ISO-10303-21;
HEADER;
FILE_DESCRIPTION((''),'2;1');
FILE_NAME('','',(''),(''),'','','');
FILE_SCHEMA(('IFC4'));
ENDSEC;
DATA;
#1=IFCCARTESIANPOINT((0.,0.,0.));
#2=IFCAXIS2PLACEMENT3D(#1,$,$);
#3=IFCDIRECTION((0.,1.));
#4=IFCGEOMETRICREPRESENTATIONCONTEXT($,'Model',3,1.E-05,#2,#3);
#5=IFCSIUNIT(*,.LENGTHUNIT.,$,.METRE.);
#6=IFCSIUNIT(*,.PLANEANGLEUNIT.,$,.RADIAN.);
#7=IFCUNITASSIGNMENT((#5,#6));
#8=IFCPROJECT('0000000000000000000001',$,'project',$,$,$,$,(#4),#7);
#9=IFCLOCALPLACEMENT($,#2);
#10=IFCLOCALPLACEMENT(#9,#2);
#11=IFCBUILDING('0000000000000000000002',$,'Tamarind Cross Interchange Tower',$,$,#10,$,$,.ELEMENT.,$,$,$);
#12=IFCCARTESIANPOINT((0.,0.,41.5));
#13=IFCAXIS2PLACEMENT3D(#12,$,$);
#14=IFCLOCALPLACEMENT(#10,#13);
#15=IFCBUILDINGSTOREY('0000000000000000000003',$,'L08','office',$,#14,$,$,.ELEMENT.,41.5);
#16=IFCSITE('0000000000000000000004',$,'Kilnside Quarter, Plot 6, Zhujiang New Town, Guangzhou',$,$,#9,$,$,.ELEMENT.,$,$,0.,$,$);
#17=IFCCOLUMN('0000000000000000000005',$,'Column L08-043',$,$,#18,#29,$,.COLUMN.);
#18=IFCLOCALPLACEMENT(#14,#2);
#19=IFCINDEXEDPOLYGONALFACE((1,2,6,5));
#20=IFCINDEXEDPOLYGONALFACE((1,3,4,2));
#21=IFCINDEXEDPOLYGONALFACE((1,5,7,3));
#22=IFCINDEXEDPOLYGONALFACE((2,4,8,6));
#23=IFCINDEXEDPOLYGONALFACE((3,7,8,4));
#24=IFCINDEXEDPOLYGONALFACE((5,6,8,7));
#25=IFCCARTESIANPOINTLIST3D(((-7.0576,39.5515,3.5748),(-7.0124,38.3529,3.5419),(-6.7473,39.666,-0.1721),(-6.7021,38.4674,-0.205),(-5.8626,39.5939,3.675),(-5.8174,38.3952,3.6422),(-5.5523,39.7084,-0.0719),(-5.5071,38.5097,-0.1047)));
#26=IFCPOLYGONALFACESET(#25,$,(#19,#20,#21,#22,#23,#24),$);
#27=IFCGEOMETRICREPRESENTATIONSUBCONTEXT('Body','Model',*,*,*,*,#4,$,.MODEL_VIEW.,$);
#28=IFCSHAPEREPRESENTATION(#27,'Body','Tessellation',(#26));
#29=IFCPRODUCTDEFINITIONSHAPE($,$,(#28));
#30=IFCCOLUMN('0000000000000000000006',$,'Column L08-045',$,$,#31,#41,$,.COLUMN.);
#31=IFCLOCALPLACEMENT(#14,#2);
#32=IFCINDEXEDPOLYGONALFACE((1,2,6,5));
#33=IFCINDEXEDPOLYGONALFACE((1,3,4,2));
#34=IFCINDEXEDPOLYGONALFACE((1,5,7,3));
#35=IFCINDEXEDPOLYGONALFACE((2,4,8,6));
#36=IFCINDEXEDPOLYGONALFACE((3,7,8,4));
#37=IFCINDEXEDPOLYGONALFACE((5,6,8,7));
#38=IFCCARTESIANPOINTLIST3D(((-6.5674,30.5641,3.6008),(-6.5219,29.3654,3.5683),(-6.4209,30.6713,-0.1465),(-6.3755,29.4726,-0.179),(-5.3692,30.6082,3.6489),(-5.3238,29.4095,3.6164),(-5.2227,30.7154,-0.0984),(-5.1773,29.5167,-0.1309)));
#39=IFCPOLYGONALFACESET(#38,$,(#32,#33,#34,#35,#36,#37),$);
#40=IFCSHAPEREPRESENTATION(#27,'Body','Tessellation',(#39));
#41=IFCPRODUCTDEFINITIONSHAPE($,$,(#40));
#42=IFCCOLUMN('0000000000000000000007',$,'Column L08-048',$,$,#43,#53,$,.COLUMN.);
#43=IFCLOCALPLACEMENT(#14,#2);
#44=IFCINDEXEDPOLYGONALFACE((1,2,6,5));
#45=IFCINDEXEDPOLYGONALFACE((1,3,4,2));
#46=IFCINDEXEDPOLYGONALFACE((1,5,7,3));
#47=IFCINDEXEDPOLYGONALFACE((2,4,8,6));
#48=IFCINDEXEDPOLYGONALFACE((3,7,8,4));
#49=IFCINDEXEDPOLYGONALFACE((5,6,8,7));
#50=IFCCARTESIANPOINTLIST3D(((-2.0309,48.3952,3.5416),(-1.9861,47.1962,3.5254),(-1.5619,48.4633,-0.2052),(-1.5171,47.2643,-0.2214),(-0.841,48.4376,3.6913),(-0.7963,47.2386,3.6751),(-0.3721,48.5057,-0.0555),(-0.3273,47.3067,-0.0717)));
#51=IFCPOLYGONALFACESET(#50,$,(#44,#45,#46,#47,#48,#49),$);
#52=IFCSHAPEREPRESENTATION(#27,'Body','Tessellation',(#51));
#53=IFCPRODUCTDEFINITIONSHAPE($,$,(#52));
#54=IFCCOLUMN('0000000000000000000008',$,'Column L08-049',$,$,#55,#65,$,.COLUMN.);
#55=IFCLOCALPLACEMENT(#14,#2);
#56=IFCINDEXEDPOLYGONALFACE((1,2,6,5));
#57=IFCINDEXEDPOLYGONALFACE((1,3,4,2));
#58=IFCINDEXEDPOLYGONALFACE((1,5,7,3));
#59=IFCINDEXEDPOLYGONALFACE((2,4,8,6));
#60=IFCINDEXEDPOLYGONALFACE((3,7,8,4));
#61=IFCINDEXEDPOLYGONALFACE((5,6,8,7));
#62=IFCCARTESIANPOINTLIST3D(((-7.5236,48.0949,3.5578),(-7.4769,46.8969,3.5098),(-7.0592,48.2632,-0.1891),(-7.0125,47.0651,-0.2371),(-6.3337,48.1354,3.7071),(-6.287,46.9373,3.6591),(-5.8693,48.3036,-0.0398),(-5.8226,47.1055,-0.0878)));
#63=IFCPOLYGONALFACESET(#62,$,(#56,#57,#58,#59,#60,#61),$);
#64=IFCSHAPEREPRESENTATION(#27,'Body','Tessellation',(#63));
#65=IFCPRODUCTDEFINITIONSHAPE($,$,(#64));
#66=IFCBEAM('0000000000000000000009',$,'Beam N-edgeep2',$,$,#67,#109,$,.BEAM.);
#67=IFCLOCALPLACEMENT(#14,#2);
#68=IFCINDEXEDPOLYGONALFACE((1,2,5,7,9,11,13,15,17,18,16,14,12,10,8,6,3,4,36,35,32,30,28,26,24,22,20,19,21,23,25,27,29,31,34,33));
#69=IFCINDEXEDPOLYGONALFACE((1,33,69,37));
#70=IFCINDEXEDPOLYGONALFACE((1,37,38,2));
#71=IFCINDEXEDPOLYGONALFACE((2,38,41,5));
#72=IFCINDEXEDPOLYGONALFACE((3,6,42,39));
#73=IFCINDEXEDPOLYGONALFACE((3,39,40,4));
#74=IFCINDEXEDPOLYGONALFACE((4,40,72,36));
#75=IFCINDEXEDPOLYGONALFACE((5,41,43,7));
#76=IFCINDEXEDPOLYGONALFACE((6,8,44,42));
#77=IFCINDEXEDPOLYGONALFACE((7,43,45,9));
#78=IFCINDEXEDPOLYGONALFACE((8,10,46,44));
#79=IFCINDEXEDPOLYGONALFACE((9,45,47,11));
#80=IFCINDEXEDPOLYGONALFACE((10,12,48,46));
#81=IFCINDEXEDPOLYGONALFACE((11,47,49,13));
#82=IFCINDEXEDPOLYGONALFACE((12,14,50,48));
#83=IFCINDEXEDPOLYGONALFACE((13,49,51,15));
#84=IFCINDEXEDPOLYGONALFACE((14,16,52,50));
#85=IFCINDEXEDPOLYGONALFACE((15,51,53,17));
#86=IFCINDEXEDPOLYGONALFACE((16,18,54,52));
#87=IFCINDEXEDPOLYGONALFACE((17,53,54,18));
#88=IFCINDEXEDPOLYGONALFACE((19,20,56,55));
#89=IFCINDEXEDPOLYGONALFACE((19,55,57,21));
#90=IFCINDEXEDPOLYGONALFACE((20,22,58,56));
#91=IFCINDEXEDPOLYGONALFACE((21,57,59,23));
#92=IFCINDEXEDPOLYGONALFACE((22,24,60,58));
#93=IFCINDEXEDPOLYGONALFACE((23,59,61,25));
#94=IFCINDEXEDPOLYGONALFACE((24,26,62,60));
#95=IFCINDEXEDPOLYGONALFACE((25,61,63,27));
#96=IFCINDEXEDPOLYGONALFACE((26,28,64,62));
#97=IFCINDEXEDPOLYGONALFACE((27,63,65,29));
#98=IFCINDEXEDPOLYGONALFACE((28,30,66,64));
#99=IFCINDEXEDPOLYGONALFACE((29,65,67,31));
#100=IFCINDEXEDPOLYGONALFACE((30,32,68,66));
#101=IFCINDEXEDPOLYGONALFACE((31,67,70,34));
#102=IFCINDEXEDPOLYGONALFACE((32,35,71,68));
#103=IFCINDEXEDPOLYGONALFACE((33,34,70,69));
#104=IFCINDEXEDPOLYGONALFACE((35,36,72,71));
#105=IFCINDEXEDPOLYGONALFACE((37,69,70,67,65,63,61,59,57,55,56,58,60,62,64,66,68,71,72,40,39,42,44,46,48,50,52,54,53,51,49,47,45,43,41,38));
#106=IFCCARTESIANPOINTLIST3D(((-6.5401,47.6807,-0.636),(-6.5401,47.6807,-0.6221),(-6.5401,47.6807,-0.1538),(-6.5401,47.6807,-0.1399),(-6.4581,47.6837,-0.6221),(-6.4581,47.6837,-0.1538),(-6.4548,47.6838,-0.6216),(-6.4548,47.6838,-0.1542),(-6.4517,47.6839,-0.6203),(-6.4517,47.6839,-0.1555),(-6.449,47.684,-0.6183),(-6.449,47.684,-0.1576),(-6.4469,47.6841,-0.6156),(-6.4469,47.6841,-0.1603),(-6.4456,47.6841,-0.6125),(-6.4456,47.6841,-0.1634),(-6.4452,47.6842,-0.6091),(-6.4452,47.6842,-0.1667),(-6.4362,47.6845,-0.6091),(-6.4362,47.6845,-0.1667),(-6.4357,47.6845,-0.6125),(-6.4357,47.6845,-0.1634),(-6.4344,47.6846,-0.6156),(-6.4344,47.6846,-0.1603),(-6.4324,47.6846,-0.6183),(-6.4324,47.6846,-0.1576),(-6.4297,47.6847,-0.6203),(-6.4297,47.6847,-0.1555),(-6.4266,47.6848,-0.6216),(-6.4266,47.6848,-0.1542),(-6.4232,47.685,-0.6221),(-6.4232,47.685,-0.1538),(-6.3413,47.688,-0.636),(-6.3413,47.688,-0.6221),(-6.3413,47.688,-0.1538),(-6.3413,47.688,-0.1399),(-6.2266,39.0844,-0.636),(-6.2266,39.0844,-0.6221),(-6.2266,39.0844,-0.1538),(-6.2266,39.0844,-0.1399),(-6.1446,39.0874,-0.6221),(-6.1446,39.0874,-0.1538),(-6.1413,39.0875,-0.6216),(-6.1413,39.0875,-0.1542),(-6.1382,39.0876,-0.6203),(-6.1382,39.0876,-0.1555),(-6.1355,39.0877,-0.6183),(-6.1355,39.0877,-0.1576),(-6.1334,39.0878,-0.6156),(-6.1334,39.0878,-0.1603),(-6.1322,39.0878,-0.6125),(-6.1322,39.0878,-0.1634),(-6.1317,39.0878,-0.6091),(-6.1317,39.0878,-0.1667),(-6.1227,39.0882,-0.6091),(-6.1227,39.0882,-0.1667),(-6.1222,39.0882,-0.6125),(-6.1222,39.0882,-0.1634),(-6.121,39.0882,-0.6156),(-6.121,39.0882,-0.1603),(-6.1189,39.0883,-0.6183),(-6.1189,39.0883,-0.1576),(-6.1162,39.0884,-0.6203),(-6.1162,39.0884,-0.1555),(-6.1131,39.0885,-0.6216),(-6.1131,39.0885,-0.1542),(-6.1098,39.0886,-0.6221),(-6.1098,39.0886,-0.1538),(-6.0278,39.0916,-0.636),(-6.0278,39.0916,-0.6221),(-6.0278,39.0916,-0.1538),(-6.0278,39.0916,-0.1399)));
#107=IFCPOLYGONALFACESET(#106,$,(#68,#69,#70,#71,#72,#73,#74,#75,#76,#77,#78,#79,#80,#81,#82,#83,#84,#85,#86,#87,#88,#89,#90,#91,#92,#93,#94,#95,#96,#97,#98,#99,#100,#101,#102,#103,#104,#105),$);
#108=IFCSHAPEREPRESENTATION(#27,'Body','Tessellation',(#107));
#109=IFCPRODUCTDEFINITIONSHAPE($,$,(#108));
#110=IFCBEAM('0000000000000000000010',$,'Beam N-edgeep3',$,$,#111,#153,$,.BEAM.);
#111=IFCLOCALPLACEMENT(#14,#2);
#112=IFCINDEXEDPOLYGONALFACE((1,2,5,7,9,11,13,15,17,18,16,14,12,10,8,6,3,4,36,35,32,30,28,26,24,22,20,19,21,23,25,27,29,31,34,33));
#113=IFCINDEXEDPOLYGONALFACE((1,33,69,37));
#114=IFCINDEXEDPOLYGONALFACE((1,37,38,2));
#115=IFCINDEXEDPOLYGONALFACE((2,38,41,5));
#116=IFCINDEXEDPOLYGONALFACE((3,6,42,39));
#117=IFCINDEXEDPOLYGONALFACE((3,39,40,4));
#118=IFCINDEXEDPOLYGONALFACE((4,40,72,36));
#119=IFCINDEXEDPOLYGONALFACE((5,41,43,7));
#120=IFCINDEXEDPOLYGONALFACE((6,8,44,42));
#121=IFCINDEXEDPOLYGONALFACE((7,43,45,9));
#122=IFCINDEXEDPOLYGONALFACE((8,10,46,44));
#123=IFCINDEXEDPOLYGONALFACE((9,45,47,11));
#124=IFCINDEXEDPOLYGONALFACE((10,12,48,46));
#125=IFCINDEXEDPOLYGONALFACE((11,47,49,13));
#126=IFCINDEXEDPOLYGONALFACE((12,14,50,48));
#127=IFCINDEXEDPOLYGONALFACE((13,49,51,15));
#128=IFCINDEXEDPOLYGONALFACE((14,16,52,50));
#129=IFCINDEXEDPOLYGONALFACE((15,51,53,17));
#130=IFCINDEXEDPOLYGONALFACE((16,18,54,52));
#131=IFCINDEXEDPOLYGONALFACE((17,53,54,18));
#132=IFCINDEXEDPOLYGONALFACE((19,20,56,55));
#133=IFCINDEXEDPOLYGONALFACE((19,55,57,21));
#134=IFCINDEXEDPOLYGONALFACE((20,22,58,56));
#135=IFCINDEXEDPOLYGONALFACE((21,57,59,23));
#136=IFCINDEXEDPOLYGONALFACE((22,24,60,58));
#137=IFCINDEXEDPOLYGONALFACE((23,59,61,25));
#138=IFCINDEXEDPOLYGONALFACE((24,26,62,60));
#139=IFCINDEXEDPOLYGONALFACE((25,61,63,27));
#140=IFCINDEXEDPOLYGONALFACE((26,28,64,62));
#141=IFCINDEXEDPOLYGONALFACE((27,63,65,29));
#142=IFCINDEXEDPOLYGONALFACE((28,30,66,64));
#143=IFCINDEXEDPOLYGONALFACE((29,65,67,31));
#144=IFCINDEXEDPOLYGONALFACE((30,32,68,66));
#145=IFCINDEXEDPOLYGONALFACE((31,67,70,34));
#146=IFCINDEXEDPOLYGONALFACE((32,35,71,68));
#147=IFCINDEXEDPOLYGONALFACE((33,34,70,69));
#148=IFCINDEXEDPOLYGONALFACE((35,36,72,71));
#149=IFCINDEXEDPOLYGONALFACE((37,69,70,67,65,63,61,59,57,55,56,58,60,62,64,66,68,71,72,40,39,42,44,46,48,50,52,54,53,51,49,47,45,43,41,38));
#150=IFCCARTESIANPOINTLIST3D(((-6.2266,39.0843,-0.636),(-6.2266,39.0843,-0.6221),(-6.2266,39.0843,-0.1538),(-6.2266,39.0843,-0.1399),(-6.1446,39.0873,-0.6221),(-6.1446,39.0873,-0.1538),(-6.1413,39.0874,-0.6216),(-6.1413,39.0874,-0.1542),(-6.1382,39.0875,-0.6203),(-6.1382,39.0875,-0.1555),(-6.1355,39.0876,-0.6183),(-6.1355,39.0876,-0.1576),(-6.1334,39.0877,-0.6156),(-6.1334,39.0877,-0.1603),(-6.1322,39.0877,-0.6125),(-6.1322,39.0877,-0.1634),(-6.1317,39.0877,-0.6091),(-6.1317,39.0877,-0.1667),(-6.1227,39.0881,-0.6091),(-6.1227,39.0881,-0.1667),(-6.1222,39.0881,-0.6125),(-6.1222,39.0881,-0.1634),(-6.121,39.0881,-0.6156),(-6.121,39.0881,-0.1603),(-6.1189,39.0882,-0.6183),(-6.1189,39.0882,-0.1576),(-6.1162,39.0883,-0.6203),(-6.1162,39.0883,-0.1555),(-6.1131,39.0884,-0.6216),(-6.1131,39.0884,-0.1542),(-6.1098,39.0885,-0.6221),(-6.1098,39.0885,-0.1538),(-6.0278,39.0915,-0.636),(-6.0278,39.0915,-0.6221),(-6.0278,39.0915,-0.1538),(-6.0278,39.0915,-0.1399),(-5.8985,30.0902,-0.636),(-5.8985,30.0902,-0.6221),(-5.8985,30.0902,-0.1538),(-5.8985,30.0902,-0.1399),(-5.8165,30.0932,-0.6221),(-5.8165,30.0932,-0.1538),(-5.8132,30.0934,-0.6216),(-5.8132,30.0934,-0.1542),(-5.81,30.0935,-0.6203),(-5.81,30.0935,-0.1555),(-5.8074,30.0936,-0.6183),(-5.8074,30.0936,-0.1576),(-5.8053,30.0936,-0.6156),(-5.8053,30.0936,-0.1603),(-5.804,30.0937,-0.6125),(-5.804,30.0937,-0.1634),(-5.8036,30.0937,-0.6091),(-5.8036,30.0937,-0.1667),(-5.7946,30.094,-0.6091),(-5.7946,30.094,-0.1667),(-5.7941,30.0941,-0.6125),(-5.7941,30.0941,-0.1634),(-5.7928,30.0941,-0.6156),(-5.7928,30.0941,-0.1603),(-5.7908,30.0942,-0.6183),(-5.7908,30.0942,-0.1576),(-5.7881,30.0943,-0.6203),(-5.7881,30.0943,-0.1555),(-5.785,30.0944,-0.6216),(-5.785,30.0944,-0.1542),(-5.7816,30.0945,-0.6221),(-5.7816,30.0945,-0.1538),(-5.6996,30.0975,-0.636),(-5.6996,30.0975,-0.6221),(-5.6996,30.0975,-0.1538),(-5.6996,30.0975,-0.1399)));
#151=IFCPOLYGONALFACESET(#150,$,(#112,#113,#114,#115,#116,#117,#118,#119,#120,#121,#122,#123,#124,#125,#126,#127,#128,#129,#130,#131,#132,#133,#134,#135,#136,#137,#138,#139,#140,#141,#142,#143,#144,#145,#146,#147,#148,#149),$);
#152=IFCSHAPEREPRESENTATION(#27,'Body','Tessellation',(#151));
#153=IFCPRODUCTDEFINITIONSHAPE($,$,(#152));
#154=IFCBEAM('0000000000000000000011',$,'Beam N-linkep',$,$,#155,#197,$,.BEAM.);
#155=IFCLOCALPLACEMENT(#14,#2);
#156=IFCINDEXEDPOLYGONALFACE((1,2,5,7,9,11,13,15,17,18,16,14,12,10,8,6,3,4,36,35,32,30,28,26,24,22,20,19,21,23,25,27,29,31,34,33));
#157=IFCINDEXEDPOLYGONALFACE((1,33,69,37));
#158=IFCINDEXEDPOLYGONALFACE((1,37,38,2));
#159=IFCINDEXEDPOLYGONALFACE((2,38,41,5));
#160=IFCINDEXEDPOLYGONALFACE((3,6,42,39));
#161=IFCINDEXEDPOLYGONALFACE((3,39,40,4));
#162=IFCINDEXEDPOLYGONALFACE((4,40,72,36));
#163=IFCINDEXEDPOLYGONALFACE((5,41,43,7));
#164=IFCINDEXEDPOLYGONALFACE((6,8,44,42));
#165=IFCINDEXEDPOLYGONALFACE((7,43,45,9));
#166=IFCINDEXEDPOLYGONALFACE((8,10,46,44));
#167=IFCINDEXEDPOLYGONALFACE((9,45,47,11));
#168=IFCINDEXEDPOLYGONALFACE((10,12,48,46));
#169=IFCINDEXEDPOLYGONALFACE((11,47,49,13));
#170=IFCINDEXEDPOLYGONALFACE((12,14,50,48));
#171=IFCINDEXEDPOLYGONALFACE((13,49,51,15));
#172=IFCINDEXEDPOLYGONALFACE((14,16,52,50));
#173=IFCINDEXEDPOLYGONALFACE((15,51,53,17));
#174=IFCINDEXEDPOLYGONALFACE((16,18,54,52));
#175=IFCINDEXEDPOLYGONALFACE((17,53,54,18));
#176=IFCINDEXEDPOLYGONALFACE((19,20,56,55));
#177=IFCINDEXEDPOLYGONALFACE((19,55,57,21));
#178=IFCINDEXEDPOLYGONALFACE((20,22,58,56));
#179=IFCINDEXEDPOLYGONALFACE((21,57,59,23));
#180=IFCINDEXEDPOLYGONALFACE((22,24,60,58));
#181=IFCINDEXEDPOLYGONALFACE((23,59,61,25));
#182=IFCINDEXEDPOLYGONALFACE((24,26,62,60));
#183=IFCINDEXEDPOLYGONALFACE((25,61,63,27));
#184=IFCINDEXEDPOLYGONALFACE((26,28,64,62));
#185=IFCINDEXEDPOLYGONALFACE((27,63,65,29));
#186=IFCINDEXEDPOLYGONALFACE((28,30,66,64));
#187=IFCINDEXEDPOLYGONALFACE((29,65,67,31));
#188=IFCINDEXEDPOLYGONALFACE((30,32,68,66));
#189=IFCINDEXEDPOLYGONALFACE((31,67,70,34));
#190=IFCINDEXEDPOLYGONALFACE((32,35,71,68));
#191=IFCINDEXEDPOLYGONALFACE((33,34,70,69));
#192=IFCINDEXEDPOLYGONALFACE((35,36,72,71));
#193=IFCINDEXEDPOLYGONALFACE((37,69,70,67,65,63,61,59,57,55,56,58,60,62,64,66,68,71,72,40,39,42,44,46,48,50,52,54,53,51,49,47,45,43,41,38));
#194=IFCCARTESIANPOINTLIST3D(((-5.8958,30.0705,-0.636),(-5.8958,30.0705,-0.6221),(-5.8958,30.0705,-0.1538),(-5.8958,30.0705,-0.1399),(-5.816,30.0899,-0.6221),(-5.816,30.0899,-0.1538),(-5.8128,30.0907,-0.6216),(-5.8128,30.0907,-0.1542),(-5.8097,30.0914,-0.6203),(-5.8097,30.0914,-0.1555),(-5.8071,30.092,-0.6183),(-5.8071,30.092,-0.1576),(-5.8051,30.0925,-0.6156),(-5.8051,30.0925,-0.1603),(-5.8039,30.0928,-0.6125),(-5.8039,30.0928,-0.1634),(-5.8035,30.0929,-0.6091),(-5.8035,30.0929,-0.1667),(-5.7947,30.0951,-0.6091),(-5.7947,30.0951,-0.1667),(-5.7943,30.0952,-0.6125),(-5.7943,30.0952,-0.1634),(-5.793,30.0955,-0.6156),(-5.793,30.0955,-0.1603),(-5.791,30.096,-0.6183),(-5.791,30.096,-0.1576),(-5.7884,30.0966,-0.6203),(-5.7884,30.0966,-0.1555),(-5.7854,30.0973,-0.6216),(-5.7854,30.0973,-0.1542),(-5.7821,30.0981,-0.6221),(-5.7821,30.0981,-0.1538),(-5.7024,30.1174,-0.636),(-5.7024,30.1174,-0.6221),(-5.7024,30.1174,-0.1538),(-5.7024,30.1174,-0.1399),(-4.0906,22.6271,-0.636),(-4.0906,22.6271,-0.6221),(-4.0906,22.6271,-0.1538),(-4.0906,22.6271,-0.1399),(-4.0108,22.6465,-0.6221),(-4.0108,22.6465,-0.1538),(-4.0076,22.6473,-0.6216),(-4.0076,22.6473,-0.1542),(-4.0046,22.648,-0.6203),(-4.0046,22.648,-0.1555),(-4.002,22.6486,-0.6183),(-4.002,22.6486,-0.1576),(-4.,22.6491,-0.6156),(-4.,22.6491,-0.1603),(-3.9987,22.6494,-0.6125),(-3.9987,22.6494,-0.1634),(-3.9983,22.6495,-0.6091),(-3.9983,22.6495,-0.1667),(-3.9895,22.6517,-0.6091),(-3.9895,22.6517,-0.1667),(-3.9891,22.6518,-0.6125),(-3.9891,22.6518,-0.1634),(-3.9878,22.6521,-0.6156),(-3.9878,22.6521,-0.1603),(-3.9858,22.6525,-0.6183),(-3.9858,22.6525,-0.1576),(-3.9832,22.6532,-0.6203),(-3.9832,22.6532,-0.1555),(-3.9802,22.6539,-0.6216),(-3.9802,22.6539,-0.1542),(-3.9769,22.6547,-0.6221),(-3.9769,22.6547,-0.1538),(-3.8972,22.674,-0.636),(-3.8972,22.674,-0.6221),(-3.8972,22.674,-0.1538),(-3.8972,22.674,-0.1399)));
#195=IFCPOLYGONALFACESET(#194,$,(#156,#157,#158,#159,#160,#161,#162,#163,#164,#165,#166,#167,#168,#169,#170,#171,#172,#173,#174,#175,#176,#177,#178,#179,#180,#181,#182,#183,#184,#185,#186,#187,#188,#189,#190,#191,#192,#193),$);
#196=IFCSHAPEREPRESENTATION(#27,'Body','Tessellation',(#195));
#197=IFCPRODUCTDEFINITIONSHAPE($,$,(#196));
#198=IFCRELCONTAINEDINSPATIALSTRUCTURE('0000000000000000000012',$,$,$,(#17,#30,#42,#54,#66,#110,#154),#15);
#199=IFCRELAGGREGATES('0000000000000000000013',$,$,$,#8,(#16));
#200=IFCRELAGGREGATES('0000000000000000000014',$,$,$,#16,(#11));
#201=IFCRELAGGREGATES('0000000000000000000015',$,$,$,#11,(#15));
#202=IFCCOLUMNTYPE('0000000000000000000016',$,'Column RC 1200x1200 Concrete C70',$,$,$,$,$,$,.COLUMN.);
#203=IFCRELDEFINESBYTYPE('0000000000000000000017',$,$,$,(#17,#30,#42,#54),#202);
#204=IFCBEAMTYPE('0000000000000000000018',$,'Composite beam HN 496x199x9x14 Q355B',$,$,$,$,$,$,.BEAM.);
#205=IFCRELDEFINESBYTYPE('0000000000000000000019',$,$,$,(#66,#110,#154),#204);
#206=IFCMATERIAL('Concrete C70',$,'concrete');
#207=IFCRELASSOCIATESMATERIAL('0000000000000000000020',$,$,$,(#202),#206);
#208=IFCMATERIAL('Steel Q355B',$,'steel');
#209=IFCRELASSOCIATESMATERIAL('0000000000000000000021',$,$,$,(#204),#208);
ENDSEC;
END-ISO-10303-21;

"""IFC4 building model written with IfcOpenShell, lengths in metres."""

from ifc_helpers import new_model, si_unit, direction, frame, origin, origin_2d, place, context, subcontext, project, spatial, rectangle, i_section, extrude, material, material_profile, profile_set, type_object, element, save


model = new_model("IFC4")

# Units and contexts
model_context = context("Model", 3, precision=1e-05, world=origin(), true_north=direction((0.0, 1.0)))
body_context = subcontext(model_context, "Body", "Model", "MODEL_VIEW")
ifc_project = project(units=[si_unit("LENGTHUNIT", "METRE"), si_unit("PLANEANGLEUNIT", "RADIAN")], contexts=[model_context])

# Site, building, storey
site_placement = place(None, origin())
site = spatial("IfcSite", under=ifc_project, at=site_placement, Name="Kilnside Quarter, Plot 6, Zhujiang New Town, Guangzhou", CompositionType="ELEMENT", RefElevation=0.0)
building_placement = place(site_placement, origin())
building = spatial("IfcBuilding", under=site, at=building_placement, Name="Tamarind Cross Interchange Tower", CompositionType="ELEMENT")
storey_placement = place(building_placement, frame((0.0, 0.0, 41.5)))
storey = spatial("IfcBuildingStorey", under=building, at=storey_placement, Name="L08", Description="office", CompositionType="ELEMENT", Elevation=41.5)

# Columns
ifc_material_1 = material(Name="Concrete C70", Category="concrete")
ifc_material_profile_1 = material_profile(ifc_material_1, rectangle(XDim=1.2, YDim=1.2, at=origin_2d()), Name="RC 1200x1200")
ifc_profile_set_1 = profile_set([ifc_material_profile_1], Name="Concrete C70")
column_type = type_object("IfcColumnType", Name="Column RC 1200x1200 Concrete C70", PredefinedType="COLUMN", material=ifc_profile_set_1)
column_1_placement = place(storey_placement, frame((-6.1272, 39.0879, -0.1384), z_axis=(-0.082497, -0.030441, 0.996126), x_axis=(0.995878, 0.035287, 0.083554)))
element("IfcColumn", 1, at=column_1_placement, inside=storey, type_object=column_type, Name="Column L08-043", PredefinedType="COLUMN", context=body_context, shape_type="SweptSolid", body=[
    extrude(rectangle(XDim=1.2, YDim=1.2, at=origin_2d()), origin(), (0.0, 0.0, 1.0), 3.7615),
])
column_2_placement = place(storey_placement, frame((-5.7991, 30.094, -0.1387), z_axis=(-0.039045, -0.028568, 0.998829), x_axis=(0.99852, 0.036748, 0.040084)))
element("IfcColumn", 2, at=column_2_placement, inside=storey, type_object=column_type, Name="Column L08-045", PredefinedType="COLUMN", context=body_context, shape_type="SweptSolid", body=[
    extrude(rectangle(XDim=1.2, YDim=1.2, at=origin_2d()), origin(), (0.0, 0.0, 1.0), 3.7517),
])
column_3_placement = place(storey_placement, frame((-0.9446, 47.885, -0.1384), z_axis=(-0.124182, -0.018036, 0.992096), x_axis=(0.991558, 0.035343, 0.124757)))
element("IfcColumn", 3, at=column_3_placement, inside=storey, type_object=column_type, Name="Column L08-048", PredefinedType="COLUMN", context=body_context, shape_type="SweptSolid", body=[
    extrude(rectangle(XDim=1.2, YDim=1.2, at=origin_2d()), origin(), (0.0, 0.0, 1.0), 3.7766),
])
column_4_placement = place(storey_placement, frame((-6.4409, 47.6843, -0.1384), z_axis=(-0.12287, -0.04451, 0.991424), x_axis=(0.991659, 0.033684, 0.124412)))
element("IfcColumn", 4, at=column_4_placement, inside=storey, type_object=column_type, Name="Column L08-049", PredefinedType="COLUMN", context=body_context, shape_type="SweptSolid", body=[
    extrude(rectangle(XDim=1.2, YDim=1.2, at=origin_2d()), origin(), (0.0, 0.0, 1.0), 3.7793),
])

# Beams
ifc_material_2 = material(Name="Steel Q355B", Category="steel")
ifc_material_profile_2 = material_profile(ifc_material_2, i_section(OverallWidth=0.199, OverallDepth=0.4961, WebThickness=0.009, FlangeThickness=0.0139, FilletRadius=0.0129, at=origin_2d()), Name="HN 496x199x9x14")
ifc_profile_set_2 = profile_set([ifc_material_profile_2], Name="Steel Q355B")
beam_type_1 = type_object("IfcBeamType", Name="Composite beam HN 496x199x9x14 Q355B", PredefinedType="BEAM", material=ifc_profile_set_2)
beam_1_placement = place(storey_placement, frame((-6.4407, 47.6843, -0.3879), z_axis=(0.036442, -0.999336, 0.0), x_axis=(0.999336, 0.036442, 0.0)))
element("IfcBeam", 5, at=beam_1_placement, inside=storey, type_object=beam_type_1, Name="Beam N-edgeep2", PredefinedType="BEAM", context=body_context, shape_type="SweptSolid", body=[
    extrude(i_section(OverallWidth=0.199, OverallDepth=0.4961, WebThickness=0.009, FlangeThickness=0.0139, FilletRadius=0.0129, at=origin_2d()), origin(), (0.0, 0.0, 1.0), 8.6021),
])
beam_2_placement = place(storey_placement, frame((-6.1272, 39.0879, -0.3879), z_axis=(0.036459, -0.999335, 0.0), x_axis=(0.999335, 0.036459, 0.0)))
element("IfcBeam", 6, at=beam_2_placement, inside=storey, type_object=beam_type_1, Name="Beam N-edgeep3", PredefinedType="BEAM", context=body_context, shape_type="SweptSolid", body=[
    extrude(i_section(OverallWidth=0.199, OverallDepth=0.4961, WebThickness=0.009, FlangeThickness=0.0139, FilletRadius=0.0129, at=origin_2d()), origin(), (0.0, 0.0, 1.0), 9.0),
])
beam_3_placement = place(storey_placement, frame((-5.7991, 30.094, -0.3879), z_axis=(0.235689, -0.971828, 0.0), x_axis=(0.971828, 0.235689, 0.0)))
element("IfcBeam", 7, at=beam_3_placement, inside=storey, type_object=beam_type_1, Name="Beam N-linkep", PredefinedType="BEAM", context=body_context, shape_type="SweptSolid", body=[
    extrude(i_section(OverallWidth=0.199, OverallDepth=0.4961, WebThickness=0.009, FlangeThickness=0.0139, FilletRadius=0.0129, at=origin_2d()), origin(), (0.0, 0.0, 1.0), 7.6592),
])

save(model, "model.ifc")
